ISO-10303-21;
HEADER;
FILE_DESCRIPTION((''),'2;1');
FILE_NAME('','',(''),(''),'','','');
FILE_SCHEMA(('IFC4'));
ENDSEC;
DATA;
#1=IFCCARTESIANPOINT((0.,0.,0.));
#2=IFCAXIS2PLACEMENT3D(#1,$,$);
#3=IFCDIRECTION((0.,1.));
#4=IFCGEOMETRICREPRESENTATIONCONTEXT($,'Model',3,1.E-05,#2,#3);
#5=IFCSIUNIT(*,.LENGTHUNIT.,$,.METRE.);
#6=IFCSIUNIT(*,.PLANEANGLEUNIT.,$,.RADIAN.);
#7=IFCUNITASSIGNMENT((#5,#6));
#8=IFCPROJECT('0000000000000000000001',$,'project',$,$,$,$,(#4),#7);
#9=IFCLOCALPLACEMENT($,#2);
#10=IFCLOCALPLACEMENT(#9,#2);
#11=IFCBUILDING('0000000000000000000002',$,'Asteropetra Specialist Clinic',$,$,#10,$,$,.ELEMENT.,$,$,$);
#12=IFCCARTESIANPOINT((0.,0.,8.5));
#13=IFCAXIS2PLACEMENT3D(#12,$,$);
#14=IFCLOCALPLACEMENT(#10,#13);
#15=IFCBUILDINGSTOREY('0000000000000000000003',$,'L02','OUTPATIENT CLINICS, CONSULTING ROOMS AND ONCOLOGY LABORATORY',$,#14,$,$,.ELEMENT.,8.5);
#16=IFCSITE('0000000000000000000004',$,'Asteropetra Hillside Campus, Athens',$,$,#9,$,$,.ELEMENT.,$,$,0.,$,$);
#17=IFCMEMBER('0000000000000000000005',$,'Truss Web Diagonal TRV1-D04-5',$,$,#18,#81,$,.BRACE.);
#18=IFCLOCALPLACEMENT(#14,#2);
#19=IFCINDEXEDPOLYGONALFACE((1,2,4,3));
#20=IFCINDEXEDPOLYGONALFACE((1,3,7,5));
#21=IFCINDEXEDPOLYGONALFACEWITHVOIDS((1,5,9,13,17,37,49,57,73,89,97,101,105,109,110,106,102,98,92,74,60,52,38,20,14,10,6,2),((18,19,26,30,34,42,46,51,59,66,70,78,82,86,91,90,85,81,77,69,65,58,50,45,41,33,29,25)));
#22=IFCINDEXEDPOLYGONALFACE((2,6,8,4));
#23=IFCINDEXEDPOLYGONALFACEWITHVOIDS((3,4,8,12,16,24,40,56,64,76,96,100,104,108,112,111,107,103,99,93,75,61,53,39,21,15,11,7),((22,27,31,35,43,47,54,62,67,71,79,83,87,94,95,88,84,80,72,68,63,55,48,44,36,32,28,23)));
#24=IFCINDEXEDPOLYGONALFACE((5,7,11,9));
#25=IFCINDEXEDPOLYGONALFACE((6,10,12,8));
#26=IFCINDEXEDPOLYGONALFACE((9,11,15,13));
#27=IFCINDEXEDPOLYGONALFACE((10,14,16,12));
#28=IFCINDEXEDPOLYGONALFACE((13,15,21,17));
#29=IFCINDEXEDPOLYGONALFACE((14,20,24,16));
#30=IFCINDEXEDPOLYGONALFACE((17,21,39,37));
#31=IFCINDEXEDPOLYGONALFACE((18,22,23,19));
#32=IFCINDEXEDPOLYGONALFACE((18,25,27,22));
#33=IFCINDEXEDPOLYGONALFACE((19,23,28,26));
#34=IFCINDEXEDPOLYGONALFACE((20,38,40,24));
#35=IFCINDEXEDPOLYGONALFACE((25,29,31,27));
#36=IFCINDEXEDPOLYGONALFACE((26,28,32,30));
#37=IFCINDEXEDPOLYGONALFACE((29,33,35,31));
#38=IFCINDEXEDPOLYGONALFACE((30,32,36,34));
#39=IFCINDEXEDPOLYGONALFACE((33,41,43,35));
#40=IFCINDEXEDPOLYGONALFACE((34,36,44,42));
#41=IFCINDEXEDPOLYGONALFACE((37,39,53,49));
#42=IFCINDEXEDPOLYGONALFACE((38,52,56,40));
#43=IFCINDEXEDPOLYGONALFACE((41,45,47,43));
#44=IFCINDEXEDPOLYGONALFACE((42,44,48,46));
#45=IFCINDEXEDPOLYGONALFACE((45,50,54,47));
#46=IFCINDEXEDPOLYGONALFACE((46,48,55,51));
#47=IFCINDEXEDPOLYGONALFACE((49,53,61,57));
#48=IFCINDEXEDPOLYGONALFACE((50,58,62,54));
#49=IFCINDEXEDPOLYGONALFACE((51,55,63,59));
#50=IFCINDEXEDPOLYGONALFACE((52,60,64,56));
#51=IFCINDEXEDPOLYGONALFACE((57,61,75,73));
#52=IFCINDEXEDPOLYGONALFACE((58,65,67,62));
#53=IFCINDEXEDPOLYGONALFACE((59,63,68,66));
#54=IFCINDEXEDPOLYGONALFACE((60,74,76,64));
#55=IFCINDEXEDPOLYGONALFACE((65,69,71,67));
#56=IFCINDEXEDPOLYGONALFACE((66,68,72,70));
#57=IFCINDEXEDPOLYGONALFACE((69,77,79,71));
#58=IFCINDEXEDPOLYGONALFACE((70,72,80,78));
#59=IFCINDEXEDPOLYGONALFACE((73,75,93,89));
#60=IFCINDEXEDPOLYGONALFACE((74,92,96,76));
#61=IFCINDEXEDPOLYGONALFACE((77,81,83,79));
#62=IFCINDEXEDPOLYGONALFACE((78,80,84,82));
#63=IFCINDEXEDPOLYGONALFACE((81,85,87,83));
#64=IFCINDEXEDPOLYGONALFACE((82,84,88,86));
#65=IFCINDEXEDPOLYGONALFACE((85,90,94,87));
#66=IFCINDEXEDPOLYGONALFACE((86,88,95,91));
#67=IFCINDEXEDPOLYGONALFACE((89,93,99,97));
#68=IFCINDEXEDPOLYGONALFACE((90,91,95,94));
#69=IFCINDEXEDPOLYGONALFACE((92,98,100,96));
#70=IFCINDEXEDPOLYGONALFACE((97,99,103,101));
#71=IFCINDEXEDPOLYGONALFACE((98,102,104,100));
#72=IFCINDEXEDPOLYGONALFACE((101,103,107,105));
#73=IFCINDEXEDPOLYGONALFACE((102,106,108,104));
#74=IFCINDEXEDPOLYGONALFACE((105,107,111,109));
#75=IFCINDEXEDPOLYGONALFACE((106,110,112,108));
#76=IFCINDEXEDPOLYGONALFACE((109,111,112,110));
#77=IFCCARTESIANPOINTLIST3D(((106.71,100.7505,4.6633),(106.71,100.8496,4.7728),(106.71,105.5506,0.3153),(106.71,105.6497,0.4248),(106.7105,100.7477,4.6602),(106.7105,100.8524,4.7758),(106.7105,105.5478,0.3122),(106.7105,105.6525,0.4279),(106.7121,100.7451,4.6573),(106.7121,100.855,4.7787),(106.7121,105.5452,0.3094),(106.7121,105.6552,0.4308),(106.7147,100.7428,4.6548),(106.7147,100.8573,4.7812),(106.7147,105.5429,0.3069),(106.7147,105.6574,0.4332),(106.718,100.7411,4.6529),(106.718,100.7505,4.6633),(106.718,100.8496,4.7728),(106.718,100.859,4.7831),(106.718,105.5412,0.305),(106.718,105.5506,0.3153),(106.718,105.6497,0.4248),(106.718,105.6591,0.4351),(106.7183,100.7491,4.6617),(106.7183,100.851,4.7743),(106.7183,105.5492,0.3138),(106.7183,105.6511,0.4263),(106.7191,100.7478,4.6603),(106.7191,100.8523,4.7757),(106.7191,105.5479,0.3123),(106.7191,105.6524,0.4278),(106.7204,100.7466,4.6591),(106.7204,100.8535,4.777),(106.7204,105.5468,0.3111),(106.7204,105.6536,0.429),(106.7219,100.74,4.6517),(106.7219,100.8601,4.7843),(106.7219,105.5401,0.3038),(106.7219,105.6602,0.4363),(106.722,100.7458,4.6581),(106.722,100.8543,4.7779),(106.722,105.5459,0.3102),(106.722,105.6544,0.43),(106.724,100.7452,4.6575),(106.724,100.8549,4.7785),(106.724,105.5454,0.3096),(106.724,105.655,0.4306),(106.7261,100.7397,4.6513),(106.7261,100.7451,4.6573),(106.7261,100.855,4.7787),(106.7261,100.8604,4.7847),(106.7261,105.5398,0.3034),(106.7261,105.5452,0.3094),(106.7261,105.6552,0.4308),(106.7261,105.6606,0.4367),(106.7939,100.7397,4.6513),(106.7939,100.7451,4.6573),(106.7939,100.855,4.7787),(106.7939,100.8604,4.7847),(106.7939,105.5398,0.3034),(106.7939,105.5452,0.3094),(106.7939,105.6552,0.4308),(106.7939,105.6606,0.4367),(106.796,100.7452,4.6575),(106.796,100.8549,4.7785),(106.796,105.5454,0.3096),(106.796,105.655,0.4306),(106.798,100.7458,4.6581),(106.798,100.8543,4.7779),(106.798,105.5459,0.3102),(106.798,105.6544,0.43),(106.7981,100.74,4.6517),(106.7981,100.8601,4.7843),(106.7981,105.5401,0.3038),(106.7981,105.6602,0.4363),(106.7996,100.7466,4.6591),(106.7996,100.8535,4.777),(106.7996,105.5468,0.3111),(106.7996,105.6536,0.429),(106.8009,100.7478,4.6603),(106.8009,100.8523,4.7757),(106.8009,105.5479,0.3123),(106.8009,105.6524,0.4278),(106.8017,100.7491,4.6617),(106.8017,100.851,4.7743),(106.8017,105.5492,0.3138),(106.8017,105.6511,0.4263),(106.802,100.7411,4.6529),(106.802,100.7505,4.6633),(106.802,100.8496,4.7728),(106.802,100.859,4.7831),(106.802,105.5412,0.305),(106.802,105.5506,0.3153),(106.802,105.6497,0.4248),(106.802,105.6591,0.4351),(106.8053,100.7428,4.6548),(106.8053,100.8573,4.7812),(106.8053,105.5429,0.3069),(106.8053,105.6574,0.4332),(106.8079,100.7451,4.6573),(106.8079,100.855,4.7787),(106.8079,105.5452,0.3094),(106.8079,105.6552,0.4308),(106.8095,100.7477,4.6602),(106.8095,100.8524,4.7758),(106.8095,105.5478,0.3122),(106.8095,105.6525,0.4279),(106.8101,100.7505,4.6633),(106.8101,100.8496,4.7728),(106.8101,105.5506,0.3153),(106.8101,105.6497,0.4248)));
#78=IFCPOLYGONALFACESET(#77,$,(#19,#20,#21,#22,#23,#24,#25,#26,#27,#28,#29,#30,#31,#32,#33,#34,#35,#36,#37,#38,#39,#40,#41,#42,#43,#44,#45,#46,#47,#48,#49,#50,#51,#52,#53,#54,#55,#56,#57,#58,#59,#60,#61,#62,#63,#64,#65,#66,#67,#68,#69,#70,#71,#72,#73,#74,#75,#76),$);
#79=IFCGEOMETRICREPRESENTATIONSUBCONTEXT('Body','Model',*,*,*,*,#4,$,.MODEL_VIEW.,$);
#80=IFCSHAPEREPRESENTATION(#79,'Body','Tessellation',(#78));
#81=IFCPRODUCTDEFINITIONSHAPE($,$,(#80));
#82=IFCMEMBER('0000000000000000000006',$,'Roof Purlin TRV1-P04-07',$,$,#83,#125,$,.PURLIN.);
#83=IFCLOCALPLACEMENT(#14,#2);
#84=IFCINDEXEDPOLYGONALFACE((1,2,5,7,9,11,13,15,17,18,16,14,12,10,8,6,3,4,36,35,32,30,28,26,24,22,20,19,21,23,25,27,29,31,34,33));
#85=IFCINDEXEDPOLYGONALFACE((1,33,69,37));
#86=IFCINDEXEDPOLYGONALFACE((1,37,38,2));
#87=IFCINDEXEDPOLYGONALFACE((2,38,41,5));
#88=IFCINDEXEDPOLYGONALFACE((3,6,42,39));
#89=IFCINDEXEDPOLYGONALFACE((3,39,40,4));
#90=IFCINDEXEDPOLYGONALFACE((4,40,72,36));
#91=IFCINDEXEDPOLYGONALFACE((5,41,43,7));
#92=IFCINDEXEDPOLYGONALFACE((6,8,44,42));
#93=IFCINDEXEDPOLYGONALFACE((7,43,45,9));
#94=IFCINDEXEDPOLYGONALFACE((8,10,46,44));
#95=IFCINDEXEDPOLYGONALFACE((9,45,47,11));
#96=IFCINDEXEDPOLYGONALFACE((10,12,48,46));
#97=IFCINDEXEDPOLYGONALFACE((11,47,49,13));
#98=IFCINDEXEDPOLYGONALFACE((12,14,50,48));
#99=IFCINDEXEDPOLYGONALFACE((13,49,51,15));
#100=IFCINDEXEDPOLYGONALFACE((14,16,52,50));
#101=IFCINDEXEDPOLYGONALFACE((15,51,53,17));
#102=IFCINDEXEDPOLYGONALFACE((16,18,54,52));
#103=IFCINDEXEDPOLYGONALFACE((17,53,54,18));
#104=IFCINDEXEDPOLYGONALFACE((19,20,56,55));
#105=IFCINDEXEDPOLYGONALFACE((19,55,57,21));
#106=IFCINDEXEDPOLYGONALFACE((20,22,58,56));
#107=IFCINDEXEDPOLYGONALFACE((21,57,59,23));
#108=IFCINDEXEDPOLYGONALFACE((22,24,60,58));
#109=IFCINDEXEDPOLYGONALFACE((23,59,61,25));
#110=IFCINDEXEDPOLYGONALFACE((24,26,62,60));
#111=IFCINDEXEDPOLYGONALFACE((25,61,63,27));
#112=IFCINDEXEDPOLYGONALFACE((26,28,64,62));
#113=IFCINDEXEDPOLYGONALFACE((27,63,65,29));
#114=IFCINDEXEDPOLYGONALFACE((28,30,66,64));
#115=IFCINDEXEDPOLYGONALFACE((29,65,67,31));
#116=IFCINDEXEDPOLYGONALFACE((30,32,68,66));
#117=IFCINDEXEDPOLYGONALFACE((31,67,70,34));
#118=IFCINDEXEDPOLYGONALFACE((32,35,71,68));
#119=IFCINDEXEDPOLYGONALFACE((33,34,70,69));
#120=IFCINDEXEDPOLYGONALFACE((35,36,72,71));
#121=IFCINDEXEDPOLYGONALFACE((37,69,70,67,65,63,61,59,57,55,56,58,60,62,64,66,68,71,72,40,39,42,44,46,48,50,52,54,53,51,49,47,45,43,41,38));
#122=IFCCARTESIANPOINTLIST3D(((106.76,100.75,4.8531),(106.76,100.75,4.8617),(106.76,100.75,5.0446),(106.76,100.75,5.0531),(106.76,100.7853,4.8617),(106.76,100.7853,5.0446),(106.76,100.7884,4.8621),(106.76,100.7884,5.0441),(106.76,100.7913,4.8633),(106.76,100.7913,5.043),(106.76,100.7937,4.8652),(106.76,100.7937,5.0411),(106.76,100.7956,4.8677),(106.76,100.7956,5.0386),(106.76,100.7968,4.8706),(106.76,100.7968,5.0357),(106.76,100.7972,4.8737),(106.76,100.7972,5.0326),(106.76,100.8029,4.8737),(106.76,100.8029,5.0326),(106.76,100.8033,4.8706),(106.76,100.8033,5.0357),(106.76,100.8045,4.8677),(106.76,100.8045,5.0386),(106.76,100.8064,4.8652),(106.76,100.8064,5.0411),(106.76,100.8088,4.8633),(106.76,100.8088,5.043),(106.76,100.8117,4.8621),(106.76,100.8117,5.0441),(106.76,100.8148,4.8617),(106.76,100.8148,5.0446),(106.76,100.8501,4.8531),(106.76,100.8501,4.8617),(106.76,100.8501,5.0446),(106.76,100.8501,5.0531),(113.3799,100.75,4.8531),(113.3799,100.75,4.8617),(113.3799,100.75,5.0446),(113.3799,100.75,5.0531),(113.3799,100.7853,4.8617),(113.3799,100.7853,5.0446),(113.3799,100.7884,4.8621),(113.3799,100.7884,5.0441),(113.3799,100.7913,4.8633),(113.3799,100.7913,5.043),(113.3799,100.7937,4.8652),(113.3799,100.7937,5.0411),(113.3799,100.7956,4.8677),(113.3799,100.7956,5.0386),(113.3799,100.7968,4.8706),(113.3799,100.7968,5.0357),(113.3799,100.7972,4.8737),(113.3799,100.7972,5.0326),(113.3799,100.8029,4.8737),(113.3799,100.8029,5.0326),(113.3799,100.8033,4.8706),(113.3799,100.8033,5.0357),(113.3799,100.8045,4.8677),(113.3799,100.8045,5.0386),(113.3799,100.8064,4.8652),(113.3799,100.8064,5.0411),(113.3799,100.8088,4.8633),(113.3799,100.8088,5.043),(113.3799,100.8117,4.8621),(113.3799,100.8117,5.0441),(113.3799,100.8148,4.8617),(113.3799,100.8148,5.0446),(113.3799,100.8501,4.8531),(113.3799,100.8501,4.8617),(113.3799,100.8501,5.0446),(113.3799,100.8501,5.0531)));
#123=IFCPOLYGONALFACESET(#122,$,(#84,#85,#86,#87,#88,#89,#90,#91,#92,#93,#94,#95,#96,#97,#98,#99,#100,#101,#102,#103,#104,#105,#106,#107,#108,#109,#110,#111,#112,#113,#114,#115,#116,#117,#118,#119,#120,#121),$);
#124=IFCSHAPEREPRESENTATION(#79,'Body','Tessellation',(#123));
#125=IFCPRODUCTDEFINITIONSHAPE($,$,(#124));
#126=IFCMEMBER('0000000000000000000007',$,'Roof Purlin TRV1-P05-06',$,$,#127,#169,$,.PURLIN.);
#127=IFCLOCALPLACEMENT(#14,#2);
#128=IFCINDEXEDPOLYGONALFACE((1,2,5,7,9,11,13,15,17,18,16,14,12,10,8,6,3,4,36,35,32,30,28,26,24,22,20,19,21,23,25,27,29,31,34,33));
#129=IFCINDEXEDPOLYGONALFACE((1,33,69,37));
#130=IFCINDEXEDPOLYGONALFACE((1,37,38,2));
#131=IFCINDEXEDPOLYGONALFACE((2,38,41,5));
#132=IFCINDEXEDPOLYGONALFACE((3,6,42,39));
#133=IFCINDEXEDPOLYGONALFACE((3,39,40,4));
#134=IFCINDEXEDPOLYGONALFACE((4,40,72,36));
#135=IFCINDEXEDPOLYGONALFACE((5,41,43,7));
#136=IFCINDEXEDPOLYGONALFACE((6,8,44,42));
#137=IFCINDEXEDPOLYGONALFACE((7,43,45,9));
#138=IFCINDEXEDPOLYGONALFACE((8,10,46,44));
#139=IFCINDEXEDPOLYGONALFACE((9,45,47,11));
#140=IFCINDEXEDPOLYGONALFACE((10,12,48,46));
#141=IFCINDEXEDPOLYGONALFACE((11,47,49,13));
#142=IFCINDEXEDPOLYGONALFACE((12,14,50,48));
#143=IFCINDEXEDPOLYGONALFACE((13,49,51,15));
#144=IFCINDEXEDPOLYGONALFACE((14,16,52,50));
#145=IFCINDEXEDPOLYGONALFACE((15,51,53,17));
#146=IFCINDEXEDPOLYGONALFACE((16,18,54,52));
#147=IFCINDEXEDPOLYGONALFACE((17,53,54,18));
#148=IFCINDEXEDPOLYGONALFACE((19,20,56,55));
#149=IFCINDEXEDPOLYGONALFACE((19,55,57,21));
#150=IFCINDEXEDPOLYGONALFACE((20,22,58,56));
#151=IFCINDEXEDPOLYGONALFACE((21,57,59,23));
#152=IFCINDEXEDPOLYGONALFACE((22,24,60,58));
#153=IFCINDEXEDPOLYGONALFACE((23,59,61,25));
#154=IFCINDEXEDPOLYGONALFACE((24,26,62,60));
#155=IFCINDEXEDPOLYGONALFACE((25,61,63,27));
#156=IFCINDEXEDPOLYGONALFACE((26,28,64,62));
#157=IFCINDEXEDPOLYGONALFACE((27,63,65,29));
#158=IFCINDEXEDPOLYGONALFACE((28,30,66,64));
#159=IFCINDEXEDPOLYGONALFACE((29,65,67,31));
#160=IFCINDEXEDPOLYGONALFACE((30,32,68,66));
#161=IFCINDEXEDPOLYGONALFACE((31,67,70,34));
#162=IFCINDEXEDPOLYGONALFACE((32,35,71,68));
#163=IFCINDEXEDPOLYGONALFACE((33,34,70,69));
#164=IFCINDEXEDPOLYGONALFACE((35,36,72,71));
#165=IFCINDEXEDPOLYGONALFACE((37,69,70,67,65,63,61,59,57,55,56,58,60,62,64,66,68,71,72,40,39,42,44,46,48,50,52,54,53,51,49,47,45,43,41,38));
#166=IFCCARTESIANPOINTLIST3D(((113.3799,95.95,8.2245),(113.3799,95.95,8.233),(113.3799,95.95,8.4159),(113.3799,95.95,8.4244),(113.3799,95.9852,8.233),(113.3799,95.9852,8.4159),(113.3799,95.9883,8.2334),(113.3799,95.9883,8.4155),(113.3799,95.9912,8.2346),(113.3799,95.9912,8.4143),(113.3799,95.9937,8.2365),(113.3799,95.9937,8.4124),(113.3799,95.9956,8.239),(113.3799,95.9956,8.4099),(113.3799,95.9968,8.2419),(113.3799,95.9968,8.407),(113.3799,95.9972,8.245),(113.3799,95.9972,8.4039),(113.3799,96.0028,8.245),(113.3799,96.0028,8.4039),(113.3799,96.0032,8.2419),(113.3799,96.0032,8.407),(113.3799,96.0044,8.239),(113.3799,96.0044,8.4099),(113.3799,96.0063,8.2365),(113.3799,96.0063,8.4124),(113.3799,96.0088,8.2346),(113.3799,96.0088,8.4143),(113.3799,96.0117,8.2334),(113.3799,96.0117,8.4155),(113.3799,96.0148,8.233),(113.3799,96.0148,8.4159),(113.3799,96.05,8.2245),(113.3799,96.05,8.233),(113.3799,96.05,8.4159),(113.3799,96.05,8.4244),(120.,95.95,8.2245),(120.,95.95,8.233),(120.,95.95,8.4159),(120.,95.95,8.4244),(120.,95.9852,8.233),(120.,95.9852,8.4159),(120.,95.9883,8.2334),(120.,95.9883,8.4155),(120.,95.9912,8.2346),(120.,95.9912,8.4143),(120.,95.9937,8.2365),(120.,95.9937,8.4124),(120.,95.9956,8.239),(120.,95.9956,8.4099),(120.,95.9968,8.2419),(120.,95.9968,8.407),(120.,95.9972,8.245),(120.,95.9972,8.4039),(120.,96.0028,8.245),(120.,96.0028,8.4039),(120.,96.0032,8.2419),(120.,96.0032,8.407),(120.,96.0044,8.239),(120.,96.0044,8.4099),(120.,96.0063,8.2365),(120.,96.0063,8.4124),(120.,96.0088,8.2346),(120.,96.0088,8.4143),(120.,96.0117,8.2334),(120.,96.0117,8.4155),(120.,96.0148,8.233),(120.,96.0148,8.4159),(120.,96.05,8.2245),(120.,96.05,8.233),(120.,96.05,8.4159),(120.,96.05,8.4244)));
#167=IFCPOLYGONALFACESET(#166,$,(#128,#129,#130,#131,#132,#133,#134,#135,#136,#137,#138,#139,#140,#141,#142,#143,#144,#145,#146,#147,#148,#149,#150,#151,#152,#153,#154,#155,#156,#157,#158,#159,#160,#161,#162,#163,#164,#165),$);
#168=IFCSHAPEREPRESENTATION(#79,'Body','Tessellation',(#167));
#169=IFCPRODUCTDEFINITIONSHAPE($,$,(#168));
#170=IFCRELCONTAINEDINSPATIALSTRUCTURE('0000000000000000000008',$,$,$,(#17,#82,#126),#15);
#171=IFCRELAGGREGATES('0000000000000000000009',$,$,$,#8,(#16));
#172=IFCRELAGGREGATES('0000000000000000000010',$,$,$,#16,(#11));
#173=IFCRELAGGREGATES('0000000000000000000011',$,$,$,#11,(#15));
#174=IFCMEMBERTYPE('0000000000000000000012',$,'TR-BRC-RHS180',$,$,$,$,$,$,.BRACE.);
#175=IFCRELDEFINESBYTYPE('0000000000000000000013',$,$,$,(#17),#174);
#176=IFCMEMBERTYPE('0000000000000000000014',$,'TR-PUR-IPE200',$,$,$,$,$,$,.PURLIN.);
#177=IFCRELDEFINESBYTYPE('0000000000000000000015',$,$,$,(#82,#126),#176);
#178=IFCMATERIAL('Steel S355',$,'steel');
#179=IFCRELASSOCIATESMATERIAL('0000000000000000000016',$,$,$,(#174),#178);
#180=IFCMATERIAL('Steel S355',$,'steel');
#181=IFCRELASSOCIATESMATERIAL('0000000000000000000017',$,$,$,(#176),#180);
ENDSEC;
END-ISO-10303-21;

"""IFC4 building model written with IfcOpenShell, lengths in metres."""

from ifc_helpers import new_model, si_unit, direction, frame, origin, origin_2d, place, context, subcontext, project, spatial, hollow_rectangle, i_section, extrude, material, material_profile, profile_set, type_object, element, save


model = new_model("IFC4")

# Units and contexts
model_context = context("Model", 3, precision=1e-05, world=origin(), true_north=direction((0.0, 1.0)))
body_context = subcontext(model_context, "Body", "Model", "MODEL_VIEW")
ifc_project = project(units=[si_unit("LENGTHUNIT", "METRE"), si_unit("PLANEANGLEUNIT", "RADIAN")], contexts=[model_context])

# Site, building, storey
site_placement = place(None, origin())
site = spatial("IfcSite", under=ifc_project, at=site_placement, Name="Asteropetra Hillside Campus, Athens", CompositionType="ELEMENT", RefElevation=0.0)
building_placement = place(site_placement, origin())
building = spatial("IfcBuilding", under=site, at=building_placement, Name="Asteropetra Specialist Clinic", CompositionType="ELEMENT")
storey_placement = place(building_placement, frame((0.0, 0.0, 8.5)))
storey = spatial("IfcBuildingStorey", under=building, at=storey_placement, Name="L02", Description="OUTPATIENT CLINICS, CONSULTING ROOMS AND ONCOLOGY LABORATORY", CompositionType="ELEMENT", Elevation=8.5)

# Members
ifc_material_1 = material(Name="Steel S355", Category="steel")
ifc_material_profile_1 = material_profile(ifc_material_1, hollow_rectangle(XDim=0.1001, YDim=0.1799, WallThickness=0.0081, InnerFilletRadius=0.0081, OuterFilletRadius=0.0161, at=origin_2d()), Name="RHS 180x100x8.0")
ifc_profile_set_1 = profile_set([ifc_material_profile_1], Name="Steel S355")
member_type_1 = type_object("IfcMemberType", Name="TR-BRC-RHS180", PredefinedType="BRACE", material=ifc_profile_set_1)
member_1_placement = place(storey_placement, frame((106.76, 100.8, 4.718), z_axis=(0.0, 0.741152, -0.671338), x_axis=(-1.0, 0.0, 0.0)))
element("IfcMember", 1, at=member_1_placement, inside=storey, type_object=member_type_1, Name="Truss Web Diagonal TRV1-D04-5", PredefinedType="BRACE", context=body_context, shape_type="SweptSolid", body=[
    extrude(hollow_rectangle(XDim=0.1001, YDim=0.1799, WallThickness=0.0081, InnerFilletRadius=0.0081, OuterFilletRadius=0.0161, at=origin_2d()), origin(), (0.0, 0.0, 1.0), 6.4766),
])
ifc_material_2 = material(Name="Steel S355", Category="steel")
ifc_material_profile_2 = material_profile(ifc_material_2, i_section(OverallWidth=0.1001, OverallDepth=0.2, WebThickness=0.0056, FlangeThickness=0.0085, FilletRadius=0.012, at=origin_2d()), Name="IPE 200")
ifc_profile_set_2 = profile_set([ifc_material_profile_2], Name="Steel S355")
member_type_2 = type_object("IfcMemberType", Name="TR-PUR-IPE200", PredefinedType="PURLIN", material=ifc_profile_set_2)
member_2_placement = place(storey_placement, frame((106.76, 100.8, 4.9531), z_axis=(1.0, 0.0, 0.0), x_axis=(0.0, 1.0, 0.0)))
element("IfcMember", 2, at=member_2_placement, inside=storey, type_object=member_type_2, Name="Roof Purlin TRV1-P04-07", PredefinedType="PURLIN", context=body_context, shape_type="SweptSolid", body=[
    extrude(i_section(OverallWidth=0.1001, OverallDepth=0.2, WebThickness=0.0056, FlangeThickness=0.0085, FilletRadius=0.012, at=origin_2d()), origin(), (0.0, 0.0, 1.0), 6.6199),
])
member_3_placement = place(storey_placement, frame((113.3799, 96.0, 8.3245), z_axis=(1.0, 0.0, 0.0), x_axis=(0.0, 1.0, 0.0)))
element("IfcMember", 3, at=member_3_placement, inside=storey, type_object=member_type_2, Name="Roof Purlin TRV1-P05-06", PredefinedType="PURLIN", context=body_context, shape_type="SweptSolid", body=[
    extrude(i_section(OverallWidth=0.1001, OverallDepth=0.2, WebThickness=0.0056, FlangeThickness=0.0085, FilletRadius=0.012, at=origin_2d()), origin(), (0.0, 0.0, 1.0), 6.6201),
])

save(model, "model.ifc")
